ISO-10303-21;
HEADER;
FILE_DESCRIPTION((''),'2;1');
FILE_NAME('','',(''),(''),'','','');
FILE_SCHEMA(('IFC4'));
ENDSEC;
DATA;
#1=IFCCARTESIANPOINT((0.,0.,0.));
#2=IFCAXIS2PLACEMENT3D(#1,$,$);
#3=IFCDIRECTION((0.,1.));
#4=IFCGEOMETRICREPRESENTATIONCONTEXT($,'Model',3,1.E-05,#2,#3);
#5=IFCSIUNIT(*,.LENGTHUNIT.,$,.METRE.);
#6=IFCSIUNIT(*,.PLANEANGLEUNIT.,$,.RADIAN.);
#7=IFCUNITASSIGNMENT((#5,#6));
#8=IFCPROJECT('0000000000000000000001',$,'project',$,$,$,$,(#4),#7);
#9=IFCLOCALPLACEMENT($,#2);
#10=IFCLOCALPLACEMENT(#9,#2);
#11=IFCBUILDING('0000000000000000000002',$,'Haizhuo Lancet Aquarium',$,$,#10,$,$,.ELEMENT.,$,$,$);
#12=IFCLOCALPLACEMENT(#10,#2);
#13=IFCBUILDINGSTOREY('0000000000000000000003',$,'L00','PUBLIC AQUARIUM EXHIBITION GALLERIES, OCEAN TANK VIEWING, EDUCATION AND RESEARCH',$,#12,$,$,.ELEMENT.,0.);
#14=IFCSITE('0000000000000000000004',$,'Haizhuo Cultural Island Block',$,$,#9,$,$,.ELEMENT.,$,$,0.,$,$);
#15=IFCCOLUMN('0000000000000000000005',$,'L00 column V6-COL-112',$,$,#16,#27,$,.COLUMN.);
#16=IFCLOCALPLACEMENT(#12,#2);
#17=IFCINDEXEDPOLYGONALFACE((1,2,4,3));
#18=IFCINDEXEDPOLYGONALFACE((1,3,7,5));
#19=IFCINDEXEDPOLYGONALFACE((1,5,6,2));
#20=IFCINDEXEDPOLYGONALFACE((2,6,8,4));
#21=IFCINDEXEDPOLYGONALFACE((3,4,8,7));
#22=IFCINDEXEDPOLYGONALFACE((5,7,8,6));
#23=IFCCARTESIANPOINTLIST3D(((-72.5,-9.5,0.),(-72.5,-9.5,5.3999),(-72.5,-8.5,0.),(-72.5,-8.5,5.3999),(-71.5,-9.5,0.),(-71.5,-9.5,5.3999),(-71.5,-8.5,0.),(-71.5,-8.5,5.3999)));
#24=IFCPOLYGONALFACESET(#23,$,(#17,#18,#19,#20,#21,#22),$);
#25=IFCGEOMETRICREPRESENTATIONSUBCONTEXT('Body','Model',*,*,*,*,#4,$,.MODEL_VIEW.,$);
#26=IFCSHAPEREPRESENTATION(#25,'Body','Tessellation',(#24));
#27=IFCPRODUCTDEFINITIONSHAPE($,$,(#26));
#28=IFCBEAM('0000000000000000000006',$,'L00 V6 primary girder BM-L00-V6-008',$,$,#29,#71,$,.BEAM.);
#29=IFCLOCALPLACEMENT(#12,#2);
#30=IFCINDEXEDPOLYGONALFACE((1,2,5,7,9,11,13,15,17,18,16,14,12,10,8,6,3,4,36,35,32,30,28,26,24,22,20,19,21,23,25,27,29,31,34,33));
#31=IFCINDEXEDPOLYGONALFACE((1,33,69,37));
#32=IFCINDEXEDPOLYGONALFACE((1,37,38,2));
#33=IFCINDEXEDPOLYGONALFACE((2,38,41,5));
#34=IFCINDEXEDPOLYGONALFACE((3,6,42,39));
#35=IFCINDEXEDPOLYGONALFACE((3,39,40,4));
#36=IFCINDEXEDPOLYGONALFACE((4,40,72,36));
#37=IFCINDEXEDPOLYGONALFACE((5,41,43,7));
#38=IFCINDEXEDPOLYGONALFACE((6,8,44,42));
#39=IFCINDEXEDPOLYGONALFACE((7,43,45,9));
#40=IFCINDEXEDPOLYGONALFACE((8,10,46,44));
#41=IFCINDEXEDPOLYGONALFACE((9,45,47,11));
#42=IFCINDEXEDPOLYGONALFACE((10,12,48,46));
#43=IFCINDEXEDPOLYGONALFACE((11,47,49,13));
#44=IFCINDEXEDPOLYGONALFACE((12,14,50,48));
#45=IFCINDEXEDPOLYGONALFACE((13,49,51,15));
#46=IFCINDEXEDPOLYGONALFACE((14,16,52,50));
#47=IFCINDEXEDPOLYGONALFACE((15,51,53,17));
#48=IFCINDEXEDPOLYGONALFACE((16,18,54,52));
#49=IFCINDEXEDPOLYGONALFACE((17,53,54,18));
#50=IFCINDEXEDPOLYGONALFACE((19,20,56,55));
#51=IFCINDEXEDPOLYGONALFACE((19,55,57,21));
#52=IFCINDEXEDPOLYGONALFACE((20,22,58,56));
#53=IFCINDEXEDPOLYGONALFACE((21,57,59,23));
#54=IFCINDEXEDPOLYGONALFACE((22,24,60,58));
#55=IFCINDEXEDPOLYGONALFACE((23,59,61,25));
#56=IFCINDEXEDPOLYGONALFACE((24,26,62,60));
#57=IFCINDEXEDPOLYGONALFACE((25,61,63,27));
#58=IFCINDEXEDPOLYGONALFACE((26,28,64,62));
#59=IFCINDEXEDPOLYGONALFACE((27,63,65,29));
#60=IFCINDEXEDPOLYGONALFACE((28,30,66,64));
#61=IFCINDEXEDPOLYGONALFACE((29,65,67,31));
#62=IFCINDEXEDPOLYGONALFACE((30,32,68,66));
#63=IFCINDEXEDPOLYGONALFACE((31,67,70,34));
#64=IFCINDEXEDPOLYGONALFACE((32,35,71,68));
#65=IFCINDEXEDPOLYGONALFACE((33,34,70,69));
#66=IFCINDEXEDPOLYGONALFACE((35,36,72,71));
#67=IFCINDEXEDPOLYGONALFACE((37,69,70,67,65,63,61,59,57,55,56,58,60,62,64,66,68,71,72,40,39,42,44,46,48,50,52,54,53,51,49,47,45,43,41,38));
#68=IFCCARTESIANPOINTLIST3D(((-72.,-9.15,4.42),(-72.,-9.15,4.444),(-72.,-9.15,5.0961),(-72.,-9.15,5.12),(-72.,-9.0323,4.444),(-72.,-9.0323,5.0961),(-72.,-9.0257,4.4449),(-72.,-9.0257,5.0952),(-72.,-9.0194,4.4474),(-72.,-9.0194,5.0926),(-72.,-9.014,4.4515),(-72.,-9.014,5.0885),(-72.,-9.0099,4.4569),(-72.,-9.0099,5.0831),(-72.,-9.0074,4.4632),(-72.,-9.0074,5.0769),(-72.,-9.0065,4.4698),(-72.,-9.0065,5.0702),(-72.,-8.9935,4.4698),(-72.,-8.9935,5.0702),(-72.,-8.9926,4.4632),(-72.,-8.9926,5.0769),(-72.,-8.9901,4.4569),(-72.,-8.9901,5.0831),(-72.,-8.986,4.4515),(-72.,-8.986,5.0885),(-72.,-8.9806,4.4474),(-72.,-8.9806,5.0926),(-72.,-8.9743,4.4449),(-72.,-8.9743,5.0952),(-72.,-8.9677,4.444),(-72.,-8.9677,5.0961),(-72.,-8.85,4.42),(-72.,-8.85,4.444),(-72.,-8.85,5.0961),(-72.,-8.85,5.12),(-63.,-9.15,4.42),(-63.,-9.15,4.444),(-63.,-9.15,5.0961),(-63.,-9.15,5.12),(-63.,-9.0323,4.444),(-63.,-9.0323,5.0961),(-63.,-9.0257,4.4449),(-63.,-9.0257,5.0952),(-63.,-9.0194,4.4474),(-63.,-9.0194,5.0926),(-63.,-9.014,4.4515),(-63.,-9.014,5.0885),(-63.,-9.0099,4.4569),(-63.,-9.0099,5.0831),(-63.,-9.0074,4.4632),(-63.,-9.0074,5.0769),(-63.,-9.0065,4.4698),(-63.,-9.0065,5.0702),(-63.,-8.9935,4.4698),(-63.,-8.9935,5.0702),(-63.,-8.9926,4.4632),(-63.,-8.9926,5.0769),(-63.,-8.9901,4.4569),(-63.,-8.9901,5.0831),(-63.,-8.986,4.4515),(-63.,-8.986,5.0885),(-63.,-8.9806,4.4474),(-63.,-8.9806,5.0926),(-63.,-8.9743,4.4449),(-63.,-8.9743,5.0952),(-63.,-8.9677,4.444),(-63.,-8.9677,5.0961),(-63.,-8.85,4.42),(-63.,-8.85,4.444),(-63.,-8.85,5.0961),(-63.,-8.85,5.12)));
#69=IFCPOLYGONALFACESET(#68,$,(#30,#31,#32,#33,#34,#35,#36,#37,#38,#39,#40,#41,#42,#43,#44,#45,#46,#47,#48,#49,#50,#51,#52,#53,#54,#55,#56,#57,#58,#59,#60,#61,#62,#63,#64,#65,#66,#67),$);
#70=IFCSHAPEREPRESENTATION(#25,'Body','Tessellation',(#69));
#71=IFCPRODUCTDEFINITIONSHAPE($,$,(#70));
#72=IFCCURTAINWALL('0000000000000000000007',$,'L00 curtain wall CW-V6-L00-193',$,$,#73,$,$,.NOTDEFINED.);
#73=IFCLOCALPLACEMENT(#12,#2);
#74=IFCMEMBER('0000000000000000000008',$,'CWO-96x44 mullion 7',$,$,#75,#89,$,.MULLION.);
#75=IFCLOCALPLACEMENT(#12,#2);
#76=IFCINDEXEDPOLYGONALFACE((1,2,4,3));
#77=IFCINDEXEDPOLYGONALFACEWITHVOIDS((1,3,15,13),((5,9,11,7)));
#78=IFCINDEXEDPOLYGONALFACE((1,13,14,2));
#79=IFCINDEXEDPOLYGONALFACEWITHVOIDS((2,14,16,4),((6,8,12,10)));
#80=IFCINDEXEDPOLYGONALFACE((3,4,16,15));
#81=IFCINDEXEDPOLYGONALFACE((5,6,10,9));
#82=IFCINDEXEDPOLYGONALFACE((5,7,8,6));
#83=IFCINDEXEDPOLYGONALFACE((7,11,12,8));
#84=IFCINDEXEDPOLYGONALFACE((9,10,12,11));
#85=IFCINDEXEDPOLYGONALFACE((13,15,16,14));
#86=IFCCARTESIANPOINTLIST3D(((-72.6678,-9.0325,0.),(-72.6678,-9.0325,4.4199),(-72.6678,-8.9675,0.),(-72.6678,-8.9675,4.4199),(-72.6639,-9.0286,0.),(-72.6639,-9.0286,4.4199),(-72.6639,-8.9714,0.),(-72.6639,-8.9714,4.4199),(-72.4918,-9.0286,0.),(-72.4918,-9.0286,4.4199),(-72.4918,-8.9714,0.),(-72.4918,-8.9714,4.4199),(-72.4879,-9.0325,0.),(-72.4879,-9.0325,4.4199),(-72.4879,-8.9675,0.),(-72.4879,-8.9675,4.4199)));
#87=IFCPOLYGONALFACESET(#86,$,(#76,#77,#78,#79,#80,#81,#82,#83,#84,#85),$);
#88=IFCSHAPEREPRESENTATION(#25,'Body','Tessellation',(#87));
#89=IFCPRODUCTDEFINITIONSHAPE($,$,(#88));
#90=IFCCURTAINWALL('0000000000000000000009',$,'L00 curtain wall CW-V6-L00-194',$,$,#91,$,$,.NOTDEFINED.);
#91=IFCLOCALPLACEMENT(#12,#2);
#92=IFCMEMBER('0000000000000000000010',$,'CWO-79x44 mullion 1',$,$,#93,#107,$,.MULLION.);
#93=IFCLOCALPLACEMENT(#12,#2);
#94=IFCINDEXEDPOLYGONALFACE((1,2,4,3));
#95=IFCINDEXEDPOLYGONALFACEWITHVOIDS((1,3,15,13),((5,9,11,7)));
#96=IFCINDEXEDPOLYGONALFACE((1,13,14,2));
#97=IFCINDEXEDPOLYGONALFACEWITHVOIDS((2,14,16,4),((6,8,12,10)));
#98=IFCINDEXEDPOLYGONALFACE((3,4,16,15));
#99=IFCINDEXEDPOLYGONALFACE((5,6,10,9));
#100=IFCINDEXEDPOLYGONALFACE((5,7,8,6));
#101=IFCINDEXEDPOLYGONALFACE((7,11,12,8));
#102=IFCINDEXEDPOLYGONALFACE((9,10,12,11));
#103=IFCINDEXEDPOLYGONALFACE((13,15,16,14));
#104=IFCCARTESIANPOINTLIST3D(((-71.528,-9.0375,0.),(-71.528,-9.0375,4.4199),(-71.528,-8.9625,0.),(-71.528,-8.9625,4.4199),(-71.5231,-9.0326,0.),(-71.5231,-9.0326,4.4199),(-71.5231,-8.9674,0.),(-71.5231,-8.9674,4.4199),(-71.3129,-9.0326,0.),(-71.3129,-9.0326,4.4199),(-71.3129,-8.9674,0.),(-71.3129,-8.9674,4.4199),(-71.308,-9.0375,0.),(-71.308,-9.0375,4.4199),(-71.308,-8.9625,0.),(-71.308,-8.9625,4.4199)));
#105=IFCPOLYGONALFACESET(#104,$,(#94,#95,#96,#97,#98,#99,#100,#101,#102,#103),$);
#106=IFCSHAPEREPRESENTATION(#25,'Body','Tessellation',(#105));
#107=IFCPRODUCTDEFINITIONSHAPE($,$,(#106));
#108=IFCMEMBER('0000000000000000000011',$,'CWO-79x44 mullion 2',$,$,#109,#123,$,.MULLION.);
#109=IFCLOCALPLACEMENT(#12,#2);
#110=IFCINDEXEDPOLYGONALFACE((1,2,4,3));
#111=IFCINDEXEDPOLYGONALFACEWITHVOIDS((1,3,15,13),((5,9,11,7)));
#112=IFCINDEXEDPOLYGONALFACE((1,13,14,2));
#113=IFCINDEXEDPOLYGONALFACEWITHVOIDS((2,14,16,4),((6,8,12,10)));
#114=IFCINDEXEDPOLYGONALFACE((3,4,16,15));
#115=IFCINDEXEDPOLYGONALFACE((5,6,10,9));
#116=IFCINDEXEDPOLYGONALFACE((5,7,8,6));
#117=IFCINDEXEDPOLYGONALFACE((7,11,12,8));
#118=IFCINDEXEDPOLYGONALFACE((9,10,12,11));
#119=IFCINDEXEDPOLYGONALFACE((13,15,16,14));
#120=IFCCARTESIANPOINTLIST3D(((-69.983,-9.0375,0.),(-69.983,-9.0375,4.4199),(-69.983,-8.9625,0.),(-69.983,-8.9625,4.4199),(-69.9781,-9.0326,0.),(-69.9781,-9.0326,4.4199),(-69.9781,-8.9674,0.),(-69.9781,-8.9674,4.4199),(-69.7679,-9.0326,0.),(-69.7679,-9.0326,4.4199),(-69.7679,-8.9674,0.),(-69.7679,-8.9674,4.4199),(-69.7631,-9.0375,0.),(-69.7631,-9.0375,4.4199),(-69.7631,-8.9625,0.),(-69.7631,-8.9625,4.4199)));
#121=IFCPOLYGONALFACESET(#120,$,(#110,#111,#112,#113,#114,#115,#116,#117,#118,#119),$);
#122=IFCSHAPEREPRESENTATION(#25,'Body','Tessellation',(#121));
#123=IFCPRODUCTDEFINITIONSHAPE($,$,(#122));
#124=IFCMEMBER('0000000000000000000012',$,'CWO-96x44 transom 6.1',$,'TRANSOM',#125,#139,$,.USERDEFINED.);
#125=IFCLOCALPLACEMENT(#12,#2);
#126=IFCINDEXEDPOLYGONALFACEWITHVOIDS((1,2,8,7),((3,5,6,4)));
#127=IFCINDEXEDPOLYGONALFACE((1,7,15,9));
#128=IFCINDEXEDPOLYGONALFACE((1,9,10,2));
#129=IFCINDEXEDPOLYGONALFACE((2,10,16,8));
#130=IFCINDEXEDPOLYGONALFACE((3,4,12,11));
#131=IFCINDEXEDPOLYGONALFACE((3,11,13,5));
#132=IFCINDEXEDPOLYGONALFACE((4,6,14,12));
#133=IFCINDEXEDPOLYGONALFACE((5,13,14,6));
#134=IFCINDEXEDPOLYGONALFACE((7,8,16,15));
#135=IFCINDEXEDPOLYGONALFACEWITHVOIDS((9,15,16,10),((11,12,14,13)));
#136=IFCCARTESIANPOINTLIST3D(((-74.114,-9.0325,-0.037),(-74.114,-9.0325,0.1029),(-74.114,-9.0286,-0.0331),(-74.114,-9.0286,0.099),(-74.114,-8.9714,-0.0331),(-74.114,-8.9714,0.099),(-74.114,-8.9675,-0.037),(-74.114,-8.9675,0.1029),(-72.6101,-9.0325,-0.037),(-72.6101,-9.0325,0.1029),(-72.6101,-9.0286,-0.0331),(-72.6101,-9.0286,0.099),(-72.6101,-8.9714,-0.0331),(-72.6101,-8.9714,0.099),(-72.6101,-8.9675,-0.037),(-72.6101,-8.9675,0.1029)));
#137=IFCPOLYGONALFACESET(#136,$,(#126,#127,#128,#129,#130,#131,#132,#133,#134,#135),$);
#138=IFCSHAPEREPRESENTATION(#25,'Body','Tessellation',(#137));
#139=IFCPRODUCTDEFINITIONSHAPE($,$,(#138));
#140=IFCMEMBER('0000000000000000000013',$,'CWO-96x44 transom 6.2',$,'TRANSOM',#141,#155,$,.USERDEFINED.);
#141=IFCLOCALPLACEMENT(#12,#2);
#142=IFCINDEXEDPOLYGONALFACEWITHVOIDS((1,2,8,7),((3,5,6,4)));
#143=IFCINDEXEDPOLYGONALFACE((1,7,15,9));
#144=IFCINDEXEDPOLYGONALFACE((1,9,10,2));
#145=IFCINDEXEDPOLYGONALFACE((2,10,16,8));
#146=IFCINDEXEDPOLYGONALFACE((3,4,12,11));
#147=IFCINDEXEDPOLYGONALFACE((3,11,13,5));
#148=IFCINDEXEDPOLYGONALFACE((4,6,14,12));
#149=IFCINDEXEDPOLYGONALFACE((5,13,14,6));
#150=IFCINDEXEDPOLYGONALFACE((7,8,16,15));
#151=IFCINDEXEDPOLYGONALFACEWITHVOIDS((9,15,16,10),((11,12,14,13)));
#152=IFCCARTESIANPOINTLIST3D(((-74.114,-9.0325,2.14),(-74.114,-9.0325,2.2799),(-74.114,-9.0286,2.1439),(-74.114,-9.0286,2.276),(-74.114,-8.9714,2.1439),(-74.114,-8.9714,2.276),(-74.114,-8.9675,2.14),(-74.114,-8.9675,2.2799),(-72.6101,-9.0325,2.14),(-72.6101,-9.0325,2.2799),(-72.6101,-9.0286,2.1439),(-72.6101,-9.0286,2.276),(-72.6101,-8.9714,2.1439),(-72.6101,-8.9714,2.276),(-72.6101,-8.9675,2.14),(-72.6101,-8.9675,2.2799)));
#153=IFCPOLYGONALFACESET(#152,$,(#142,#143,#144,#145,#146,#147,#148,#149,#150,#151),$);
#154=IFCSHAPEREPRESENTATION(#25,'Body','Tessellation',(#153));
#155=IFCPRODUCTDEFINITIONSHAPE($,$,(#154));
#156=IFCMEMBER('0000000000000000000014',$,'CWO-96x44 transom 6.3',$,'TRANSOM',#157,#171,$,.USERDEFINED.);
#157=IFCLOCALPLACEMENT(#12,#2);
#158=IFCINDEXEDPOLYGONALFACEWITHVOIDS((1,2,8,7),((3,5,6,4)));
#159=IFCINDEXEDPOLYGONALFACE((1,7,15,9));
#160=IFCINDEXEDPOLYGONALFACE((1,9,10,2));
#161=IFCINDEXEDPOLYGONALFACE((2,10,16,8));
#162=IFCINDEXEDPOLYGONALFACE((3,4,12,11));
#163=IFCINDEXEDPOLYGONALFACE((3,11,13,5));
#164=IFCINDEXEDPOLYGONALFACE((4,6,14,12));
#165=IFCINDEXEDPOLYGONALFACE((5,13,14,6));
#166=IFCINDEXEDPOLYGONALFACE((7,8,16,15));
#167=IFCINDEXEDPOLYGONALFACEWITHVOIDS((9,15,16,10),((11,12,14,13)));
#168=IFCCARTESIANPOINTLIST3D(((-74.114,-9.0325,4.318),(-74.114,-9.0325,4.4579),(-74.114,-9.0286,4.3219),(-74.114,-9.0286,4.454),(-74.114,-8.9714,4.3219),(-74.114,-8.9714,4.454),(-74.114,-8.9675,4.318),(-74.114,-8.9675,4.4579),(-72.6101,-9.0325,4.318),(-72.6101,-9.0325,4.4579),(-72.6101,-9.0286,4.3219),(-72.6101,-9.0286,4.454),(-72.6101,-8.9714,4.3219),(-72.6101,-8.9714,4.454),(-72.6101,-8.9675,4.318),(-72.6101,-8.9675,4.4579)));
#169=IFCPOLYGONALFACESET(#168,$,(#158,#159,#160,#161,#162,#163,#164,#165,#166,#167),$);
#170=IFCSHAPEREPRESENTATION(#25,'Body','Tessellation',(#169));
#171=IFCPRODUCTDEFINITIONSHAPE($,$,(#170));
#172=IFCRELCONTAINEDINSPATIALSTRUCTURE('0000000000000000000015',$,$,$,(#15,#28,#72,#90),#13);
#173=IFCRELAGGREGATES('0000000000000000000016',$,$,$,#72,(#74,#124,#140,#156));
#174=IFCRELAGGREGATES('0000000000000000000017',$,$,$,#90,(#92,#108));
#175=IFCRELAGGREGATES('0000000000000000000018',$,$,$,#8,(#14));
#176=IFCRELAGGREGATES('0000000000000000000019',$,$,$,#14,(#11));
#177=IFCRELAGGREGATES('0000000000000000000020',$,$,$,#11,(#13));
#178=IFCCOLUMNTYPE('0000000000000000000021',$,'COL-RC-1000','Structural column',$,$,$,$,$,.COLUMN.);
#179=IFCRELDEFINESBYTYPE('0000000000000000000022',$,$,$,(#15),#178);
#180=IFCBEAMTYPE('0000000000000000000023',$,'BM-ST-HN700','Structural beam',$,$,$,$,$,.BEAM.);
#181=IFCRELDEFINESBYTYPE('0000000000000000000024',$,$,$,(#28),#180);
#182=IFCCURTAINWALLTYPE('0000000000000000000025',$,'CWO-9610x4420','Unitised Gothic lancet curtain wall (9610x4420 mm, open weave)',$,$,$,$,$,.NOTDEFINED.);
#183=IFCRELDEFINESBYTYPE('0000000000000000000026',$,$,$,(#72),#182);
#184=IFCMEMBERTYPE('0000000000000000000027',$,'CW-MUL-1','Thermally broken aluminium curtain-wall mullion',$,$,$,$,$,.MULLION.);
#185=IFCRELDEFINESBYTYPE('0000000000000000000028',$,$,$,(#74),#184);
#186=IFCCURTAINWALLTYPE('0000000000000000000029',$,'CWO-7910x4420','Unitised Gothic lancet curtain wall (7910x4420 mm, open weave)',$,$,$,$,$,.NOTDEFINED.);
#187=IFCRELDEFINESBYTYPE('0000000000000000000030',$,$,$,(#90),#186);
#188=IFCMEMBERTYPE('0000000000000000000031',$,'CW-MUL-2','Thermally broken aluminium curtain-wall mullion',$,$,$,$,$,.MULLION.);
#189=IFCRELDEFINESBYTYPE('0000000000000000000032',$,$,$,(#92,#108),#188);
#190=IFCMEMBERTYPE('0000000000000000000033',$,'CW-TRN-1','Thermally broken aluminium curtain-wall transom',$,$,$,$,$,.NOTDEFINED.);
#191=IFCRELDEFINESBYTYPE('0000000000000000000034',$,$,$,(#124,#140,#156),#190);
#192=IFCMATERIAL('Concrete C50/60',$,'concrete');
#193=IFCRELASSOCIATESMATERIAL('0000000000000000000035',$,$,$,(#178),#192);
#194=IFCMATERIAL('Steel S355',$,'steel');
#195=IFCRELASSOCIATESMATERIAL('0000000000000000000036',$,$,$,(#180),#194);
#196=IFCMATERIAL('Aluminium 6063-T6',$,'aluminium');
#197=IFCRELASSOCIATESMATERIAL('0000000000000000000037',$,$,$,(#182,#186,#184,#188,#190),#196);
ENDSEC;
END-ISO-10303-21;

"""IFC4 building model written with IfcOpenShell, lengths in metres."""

from ifc_helpers import new_model, si_unit, direction, frame, origin, origin_2d, place, context, subcontext, project, spatial, rectangle, hollow_rectangle, i_section, extrude, material, material_profile, profile_set, type_object, element, aggregate, save


model = new_model("IFC4")

# Units and contexts
model_context = context("Model", 3, precision=1e-05, world=origin(), true_north=direction((0.0, 1.0)))
body_context = subcontext(model_context, "Body", "Model", "MODEL_VIEW")
ifc_project = project(units=[si_unit("LENGTHUNIT", "METRE"), si_unit("PLANEANGLEUNIT", "RADIAN")], contexts=[model_context])

# Site, building, storey
site_placement = place(None, origin())
site = spatial("IfcSite", under=ifc_project, at=site_placement, Name="Haizhuo Cultural Island Block", CompositionType="ELEMENT", RefElevation=0.0)
building_placement = place(site_placement, origin())
building = spatial("IfcBuilding", under=site, at=building_placement, Name="Haizhuo Lancet Aquarium", CompositionType="ELEMENT")
storey_placement = place(building_placement, origin())
storey = spatial("IfcBuildingStorey", under=building, at=storey_placement, Name="L00", Description="PUBLIC AQUARIUM EXHIBITION GALLERIES, OCEAN TANK VIEWING, EDUCATION AND RESEARCH", CompositionType="ELEMENT", Elevation=0.0)

# Column
ifc_material_1 = material(Name="Concrete C50/60", Category="concrete")
ifc_material_profile_1 = material_profile(ifc_material_1, rectangle(XDim=1.0, YDim=1.0, at=origin_2d()), Name="RC-COL 1000x1000")
ifc_profile_set_1 = profile_set([ifc_material_profile_1], Name="Concrete C50/60")
column_type = type_object("IfcColumnType", Name="COL-RC-1000", Description="Structural column", PredefinedType="COLUMN", material=ifc_profile_set_1)
column_placement = place(storey_placement, frame((-72.0, -9.0, 0.0), z_axis=(0.0, 0.0, 1.0), x_axis=(1.0, 0.0, 0.0)))
element("IfcColumn", 1, at=column_placement, inside=storey, type_object=column_type, Name="L00 column V6-COL-112", PredefinedType="COLUMN", context=body_context, shape_type="SweptSolid", body=[
    extrude(rectangle(XDim=1.0, YDim=1.0, at=origin_2d()), origin(), (0.0, 0.0, 1.0), 5.3999),
])

# Beam
ifc_material_2 = material(Name="Steel S355", Category="steel")
ifc_material_profile_2 = material_profile(ifc_material_2, i_section(OverallWidth=0.3, OverallDepth=0.7, WebThickness=0.0129, FlangeThickness=0.0239, FilletRadius=0.0259, at=origin_2d()), Name="HN 700x300x13x24")
ifc_profile_set_2 = profile_set([ifc_material_profile_2], Name="Steel S355")
beam_type_1 = type_object("IfcBeamType", Name="BM-ST-HN700", Description="Structural beam", PredefinedType="BEAM", material=ifc_profile_set_2)
beam_1_placement = place(storey_placement, frame((-72.0, -9.0, 4.77), z_axis=(1.0, 0.0, 0.0), x_axis=(0.0, 1.0, 0.0)))
element("IfcBeam", 2, at=beam_1_placement, inside=storey, type_object=beam_type_1, Name="L00 V6 primary girder BM-L00-V6-008", PredefinedType="BEAM", context=body_context, shape_type="SweptSolid", body=[
    extrude(i_section(OverallWidth=0.3, OverallDepth=0.7, WebThickness=0.0129, FlangeThickness=0.0239, FilletRadius=0.0259, at=origin_2d()), origin(), (0.0, 0.0, 1.0), 9.0),
])

# Curtain wall, member
ifc_material_3 = material(Name="Aluminium 6063-T6", Category="aluminium")
curtain_wall_type_1 = type_object("IfcCurtainWallType", Name="CWO-9610x4420", Description="Unitised Gothic lancet curtain wall (9610x4420 mm, open weave)", PredefinedType="NOTDEFINED", material=ifc_material_3)
curtain_wall_1_placement = place(storey_placement, origin())
curtain_wall_1 = element("IfcCurtainWall", 3, at=curtain_wall_1_placement, inside=storey, type_object=curtain_wall_type_1, Name="L00 curtain wall CW-V6-L00-193", PredefinedType="NOTDEFINED")
ifc_material_profile_3 = material_profile(ifc_material_3, hollow_rectangle(XDim=0.0649, YDim=0.1799, WallThickness=0.0039, at=origin_2d()), Name="ALU-M 65x180x4")
ifc_profile_set_3 = profile_set([ifc_material_profile_3], Name="Aluminium 6063-T6")
member_type_1 = type_object("IfcMemberType", Name="CW-MUL-1", Description="Thermally broken aluminium curtain-wall mullion", PredefinedType="MULLION", material=ifc_profile_set_3)
member_1_placement = place(storey_placement, frame((-72.5779, -9.0, 0.0), z_axis=(0.0, 0.0, 1.0), x_axis=(0.0, 1.0, 0.0)))
member_1 = element("IfcMember", 4, at=member_1_placement, type_object=member_type_1, Name="CWO-96x44 mullion 7", PredefinedType="MULLION", context=body_context, shape_type="SweptSolid", body=[
    extrude(hollow_rectangle(XDim=0.0649, YDim=0.1799, WallThickness=0.0039, at=origin_2d()), origin(), (0.0, 0.0, 1.0), 4.4199),
])

# Curtain wall, members
curtain_wall_type_2 = type_object("IfcCurtainWallType", Name="CWO-7910x4420", Description="Unitised Gothic lancet curtain wall (7910x4420 mm, open weave)", PredefinedType="NOTDEFINED", material=ifc_material_3)
curtain_wall_2_placement = place(storey_placement, origin())
curtain_wall_2 = element("IfcCurtainWall", 5, at=curtain_wall_2_placement, inside=storey, type_object=curtain_wall_type_2, Name="L00 curtain wall CW-V6-L00-194", PredefinedType="NOTDEFINED")
ifc_material_profile_4 = material_profile(ifc_material_3, hollow_rectangle(XDim=0.075, YDim=0.22, WallThickness=0.0049, at=origin_2d()), Name="ALU-M 75x220x5")
ifc_profile_set_4 = profile_set([ifc_material_profile_4], Name="Aluminium 6063-T6")
member_type_2 = type_object("IfcMemberType", Name="CW-MUL-2", Description="Thermally broken aluminium curtain-wall mullion", PredefinedType="MULLION", material=ifc_profile_set_4)
member_2_placement = place(storey_placement, frame((-71.418, -9.0, 0.0), z_axis=(0.0, 0.0, 1.0), x_axis=(0.0, 1.0, 0.0)))
member_2 = element("IfcMember", 6, at=member_2_placement, type_object=member_type_2, Name="CWO-79x44 mullion 1", PredefinedType="MULLION", context=body_context, shape_type="SweptSolid", body=[
    extrude(hollow_rectangle(XDim=0.075, YDim=0.22, WallThickness=0.0049, at=origin_2d()), origin(), (0.0, 0.0, 1.0), 4.4199),
])
member_3_placement = place(storey_placement, frame((-69.873, -9.0, 0.0), z_axis=(0.0, 0.0, 1.0), x_axis=(0.0, 1.0, 0.0)))
member_3 = element("IfcMember", 7, at=member_3_placement, type_object=member_type_2, Name="CWO-79x44 mullion 2", PredefinedType="MULLION", context=body_context, shape_type="SweptSolid", body=[
    extrude(hollow_rectangle(XDim=0.075, YDim=0.22, WallThickness=0.0049, at=origin_2d()), origin(), (0.0, 0.0, 1.0), 4.4199),
])

# Members
ifc_material_profile_5 = material_profile(ifc_material_3, hollow_rectangle(XDim=0.0649, YDim=0.1399, WallThickness=0.0039, at=origin_2d()), Name="ALU-T 65x140x4")
ifc_profile_set_5 = profile_set([ifc_material_profile_5], Name="Aluminium 6063-T6")
member_type_3 = type_object("IfcMemberType", Name="CW-TRN-1", Description="Thermally broken aluminium curtain-wall transom", PredefinedType="NOTDEFINED", material=ifc_profile_set_5)
member_4_placement = place(storey_placement, frame((-74.114, -9.0, 0.033), z_axis=(1.0, 0.0, 0.0), x_axis=(0.0, 1.0, 0.0)))
member_4 = element("IfcMember", 8, at=member_4_placement, type_object=member_type_3, Name="CWO-96x44 transom 6.1", ObjectType="TRANSOM", PredefinedType="USERDEFINED", context=body_context, shape_type="SweptSolid", body=[
    extrude(hollow_rectangle(XDim=0.0649, YDim=0.1399, WallThickness=0.0039, at=origin_2d()), origin(), (0.0, 0.0, 1.0), 1.5039),
])
member_5_placement = place(storey_placement, frame((-74.114, -9.0, 2.21), z_axis=(1.0, 0.0, 0.0), x_axis=(0.0, 1.0, 0.0)))
member_5 = element("IfcMember", 9, at=member_5_placement, type_object=member_type_3, Name="CWO-96x44 transom 6.2", ObjectType="TRANSOM", PredefinedType="USERDEFINED", context=body_context, shape_type="SweptSolid", body=[
    extrude(hollow_rectangle(XDim=0.0649, YDim=0.1399, WallThickness=0.0039, at=origin_2d()), origin(), (0.0, 0.0, 1.0), 1.5039),
])
member_6_placement = place(storey_placement, frame((-74.114, -9.0, 4.3879), z_axis=(1.0, 0.0, 0.0), x_axis=(0.0, 1.0, 0.0)))
member_6 = element("IfcMember", 10, at=member_6_placement, type_object=member_type_3, Name="CWO-96x44 transom 6.3", ObjectType="TRANSOM", PredefinedType="USERDEFINED", context=body_context, shape_type="SweptSolid", body=[
    extrude(hollow_rectangle(XDim=0.0649, YDim=0.1399, WallThickness=0.0039, at=origin_2d()), origin(), (0.0, 0.0, 1.0), 1.5039),
])

aggregate(curtain_wall_1, [member_1, member_4, member_5, member_6])
aggregate(curtain_wall_2, [member_2, member_3])

save(model, "model.ifc")
